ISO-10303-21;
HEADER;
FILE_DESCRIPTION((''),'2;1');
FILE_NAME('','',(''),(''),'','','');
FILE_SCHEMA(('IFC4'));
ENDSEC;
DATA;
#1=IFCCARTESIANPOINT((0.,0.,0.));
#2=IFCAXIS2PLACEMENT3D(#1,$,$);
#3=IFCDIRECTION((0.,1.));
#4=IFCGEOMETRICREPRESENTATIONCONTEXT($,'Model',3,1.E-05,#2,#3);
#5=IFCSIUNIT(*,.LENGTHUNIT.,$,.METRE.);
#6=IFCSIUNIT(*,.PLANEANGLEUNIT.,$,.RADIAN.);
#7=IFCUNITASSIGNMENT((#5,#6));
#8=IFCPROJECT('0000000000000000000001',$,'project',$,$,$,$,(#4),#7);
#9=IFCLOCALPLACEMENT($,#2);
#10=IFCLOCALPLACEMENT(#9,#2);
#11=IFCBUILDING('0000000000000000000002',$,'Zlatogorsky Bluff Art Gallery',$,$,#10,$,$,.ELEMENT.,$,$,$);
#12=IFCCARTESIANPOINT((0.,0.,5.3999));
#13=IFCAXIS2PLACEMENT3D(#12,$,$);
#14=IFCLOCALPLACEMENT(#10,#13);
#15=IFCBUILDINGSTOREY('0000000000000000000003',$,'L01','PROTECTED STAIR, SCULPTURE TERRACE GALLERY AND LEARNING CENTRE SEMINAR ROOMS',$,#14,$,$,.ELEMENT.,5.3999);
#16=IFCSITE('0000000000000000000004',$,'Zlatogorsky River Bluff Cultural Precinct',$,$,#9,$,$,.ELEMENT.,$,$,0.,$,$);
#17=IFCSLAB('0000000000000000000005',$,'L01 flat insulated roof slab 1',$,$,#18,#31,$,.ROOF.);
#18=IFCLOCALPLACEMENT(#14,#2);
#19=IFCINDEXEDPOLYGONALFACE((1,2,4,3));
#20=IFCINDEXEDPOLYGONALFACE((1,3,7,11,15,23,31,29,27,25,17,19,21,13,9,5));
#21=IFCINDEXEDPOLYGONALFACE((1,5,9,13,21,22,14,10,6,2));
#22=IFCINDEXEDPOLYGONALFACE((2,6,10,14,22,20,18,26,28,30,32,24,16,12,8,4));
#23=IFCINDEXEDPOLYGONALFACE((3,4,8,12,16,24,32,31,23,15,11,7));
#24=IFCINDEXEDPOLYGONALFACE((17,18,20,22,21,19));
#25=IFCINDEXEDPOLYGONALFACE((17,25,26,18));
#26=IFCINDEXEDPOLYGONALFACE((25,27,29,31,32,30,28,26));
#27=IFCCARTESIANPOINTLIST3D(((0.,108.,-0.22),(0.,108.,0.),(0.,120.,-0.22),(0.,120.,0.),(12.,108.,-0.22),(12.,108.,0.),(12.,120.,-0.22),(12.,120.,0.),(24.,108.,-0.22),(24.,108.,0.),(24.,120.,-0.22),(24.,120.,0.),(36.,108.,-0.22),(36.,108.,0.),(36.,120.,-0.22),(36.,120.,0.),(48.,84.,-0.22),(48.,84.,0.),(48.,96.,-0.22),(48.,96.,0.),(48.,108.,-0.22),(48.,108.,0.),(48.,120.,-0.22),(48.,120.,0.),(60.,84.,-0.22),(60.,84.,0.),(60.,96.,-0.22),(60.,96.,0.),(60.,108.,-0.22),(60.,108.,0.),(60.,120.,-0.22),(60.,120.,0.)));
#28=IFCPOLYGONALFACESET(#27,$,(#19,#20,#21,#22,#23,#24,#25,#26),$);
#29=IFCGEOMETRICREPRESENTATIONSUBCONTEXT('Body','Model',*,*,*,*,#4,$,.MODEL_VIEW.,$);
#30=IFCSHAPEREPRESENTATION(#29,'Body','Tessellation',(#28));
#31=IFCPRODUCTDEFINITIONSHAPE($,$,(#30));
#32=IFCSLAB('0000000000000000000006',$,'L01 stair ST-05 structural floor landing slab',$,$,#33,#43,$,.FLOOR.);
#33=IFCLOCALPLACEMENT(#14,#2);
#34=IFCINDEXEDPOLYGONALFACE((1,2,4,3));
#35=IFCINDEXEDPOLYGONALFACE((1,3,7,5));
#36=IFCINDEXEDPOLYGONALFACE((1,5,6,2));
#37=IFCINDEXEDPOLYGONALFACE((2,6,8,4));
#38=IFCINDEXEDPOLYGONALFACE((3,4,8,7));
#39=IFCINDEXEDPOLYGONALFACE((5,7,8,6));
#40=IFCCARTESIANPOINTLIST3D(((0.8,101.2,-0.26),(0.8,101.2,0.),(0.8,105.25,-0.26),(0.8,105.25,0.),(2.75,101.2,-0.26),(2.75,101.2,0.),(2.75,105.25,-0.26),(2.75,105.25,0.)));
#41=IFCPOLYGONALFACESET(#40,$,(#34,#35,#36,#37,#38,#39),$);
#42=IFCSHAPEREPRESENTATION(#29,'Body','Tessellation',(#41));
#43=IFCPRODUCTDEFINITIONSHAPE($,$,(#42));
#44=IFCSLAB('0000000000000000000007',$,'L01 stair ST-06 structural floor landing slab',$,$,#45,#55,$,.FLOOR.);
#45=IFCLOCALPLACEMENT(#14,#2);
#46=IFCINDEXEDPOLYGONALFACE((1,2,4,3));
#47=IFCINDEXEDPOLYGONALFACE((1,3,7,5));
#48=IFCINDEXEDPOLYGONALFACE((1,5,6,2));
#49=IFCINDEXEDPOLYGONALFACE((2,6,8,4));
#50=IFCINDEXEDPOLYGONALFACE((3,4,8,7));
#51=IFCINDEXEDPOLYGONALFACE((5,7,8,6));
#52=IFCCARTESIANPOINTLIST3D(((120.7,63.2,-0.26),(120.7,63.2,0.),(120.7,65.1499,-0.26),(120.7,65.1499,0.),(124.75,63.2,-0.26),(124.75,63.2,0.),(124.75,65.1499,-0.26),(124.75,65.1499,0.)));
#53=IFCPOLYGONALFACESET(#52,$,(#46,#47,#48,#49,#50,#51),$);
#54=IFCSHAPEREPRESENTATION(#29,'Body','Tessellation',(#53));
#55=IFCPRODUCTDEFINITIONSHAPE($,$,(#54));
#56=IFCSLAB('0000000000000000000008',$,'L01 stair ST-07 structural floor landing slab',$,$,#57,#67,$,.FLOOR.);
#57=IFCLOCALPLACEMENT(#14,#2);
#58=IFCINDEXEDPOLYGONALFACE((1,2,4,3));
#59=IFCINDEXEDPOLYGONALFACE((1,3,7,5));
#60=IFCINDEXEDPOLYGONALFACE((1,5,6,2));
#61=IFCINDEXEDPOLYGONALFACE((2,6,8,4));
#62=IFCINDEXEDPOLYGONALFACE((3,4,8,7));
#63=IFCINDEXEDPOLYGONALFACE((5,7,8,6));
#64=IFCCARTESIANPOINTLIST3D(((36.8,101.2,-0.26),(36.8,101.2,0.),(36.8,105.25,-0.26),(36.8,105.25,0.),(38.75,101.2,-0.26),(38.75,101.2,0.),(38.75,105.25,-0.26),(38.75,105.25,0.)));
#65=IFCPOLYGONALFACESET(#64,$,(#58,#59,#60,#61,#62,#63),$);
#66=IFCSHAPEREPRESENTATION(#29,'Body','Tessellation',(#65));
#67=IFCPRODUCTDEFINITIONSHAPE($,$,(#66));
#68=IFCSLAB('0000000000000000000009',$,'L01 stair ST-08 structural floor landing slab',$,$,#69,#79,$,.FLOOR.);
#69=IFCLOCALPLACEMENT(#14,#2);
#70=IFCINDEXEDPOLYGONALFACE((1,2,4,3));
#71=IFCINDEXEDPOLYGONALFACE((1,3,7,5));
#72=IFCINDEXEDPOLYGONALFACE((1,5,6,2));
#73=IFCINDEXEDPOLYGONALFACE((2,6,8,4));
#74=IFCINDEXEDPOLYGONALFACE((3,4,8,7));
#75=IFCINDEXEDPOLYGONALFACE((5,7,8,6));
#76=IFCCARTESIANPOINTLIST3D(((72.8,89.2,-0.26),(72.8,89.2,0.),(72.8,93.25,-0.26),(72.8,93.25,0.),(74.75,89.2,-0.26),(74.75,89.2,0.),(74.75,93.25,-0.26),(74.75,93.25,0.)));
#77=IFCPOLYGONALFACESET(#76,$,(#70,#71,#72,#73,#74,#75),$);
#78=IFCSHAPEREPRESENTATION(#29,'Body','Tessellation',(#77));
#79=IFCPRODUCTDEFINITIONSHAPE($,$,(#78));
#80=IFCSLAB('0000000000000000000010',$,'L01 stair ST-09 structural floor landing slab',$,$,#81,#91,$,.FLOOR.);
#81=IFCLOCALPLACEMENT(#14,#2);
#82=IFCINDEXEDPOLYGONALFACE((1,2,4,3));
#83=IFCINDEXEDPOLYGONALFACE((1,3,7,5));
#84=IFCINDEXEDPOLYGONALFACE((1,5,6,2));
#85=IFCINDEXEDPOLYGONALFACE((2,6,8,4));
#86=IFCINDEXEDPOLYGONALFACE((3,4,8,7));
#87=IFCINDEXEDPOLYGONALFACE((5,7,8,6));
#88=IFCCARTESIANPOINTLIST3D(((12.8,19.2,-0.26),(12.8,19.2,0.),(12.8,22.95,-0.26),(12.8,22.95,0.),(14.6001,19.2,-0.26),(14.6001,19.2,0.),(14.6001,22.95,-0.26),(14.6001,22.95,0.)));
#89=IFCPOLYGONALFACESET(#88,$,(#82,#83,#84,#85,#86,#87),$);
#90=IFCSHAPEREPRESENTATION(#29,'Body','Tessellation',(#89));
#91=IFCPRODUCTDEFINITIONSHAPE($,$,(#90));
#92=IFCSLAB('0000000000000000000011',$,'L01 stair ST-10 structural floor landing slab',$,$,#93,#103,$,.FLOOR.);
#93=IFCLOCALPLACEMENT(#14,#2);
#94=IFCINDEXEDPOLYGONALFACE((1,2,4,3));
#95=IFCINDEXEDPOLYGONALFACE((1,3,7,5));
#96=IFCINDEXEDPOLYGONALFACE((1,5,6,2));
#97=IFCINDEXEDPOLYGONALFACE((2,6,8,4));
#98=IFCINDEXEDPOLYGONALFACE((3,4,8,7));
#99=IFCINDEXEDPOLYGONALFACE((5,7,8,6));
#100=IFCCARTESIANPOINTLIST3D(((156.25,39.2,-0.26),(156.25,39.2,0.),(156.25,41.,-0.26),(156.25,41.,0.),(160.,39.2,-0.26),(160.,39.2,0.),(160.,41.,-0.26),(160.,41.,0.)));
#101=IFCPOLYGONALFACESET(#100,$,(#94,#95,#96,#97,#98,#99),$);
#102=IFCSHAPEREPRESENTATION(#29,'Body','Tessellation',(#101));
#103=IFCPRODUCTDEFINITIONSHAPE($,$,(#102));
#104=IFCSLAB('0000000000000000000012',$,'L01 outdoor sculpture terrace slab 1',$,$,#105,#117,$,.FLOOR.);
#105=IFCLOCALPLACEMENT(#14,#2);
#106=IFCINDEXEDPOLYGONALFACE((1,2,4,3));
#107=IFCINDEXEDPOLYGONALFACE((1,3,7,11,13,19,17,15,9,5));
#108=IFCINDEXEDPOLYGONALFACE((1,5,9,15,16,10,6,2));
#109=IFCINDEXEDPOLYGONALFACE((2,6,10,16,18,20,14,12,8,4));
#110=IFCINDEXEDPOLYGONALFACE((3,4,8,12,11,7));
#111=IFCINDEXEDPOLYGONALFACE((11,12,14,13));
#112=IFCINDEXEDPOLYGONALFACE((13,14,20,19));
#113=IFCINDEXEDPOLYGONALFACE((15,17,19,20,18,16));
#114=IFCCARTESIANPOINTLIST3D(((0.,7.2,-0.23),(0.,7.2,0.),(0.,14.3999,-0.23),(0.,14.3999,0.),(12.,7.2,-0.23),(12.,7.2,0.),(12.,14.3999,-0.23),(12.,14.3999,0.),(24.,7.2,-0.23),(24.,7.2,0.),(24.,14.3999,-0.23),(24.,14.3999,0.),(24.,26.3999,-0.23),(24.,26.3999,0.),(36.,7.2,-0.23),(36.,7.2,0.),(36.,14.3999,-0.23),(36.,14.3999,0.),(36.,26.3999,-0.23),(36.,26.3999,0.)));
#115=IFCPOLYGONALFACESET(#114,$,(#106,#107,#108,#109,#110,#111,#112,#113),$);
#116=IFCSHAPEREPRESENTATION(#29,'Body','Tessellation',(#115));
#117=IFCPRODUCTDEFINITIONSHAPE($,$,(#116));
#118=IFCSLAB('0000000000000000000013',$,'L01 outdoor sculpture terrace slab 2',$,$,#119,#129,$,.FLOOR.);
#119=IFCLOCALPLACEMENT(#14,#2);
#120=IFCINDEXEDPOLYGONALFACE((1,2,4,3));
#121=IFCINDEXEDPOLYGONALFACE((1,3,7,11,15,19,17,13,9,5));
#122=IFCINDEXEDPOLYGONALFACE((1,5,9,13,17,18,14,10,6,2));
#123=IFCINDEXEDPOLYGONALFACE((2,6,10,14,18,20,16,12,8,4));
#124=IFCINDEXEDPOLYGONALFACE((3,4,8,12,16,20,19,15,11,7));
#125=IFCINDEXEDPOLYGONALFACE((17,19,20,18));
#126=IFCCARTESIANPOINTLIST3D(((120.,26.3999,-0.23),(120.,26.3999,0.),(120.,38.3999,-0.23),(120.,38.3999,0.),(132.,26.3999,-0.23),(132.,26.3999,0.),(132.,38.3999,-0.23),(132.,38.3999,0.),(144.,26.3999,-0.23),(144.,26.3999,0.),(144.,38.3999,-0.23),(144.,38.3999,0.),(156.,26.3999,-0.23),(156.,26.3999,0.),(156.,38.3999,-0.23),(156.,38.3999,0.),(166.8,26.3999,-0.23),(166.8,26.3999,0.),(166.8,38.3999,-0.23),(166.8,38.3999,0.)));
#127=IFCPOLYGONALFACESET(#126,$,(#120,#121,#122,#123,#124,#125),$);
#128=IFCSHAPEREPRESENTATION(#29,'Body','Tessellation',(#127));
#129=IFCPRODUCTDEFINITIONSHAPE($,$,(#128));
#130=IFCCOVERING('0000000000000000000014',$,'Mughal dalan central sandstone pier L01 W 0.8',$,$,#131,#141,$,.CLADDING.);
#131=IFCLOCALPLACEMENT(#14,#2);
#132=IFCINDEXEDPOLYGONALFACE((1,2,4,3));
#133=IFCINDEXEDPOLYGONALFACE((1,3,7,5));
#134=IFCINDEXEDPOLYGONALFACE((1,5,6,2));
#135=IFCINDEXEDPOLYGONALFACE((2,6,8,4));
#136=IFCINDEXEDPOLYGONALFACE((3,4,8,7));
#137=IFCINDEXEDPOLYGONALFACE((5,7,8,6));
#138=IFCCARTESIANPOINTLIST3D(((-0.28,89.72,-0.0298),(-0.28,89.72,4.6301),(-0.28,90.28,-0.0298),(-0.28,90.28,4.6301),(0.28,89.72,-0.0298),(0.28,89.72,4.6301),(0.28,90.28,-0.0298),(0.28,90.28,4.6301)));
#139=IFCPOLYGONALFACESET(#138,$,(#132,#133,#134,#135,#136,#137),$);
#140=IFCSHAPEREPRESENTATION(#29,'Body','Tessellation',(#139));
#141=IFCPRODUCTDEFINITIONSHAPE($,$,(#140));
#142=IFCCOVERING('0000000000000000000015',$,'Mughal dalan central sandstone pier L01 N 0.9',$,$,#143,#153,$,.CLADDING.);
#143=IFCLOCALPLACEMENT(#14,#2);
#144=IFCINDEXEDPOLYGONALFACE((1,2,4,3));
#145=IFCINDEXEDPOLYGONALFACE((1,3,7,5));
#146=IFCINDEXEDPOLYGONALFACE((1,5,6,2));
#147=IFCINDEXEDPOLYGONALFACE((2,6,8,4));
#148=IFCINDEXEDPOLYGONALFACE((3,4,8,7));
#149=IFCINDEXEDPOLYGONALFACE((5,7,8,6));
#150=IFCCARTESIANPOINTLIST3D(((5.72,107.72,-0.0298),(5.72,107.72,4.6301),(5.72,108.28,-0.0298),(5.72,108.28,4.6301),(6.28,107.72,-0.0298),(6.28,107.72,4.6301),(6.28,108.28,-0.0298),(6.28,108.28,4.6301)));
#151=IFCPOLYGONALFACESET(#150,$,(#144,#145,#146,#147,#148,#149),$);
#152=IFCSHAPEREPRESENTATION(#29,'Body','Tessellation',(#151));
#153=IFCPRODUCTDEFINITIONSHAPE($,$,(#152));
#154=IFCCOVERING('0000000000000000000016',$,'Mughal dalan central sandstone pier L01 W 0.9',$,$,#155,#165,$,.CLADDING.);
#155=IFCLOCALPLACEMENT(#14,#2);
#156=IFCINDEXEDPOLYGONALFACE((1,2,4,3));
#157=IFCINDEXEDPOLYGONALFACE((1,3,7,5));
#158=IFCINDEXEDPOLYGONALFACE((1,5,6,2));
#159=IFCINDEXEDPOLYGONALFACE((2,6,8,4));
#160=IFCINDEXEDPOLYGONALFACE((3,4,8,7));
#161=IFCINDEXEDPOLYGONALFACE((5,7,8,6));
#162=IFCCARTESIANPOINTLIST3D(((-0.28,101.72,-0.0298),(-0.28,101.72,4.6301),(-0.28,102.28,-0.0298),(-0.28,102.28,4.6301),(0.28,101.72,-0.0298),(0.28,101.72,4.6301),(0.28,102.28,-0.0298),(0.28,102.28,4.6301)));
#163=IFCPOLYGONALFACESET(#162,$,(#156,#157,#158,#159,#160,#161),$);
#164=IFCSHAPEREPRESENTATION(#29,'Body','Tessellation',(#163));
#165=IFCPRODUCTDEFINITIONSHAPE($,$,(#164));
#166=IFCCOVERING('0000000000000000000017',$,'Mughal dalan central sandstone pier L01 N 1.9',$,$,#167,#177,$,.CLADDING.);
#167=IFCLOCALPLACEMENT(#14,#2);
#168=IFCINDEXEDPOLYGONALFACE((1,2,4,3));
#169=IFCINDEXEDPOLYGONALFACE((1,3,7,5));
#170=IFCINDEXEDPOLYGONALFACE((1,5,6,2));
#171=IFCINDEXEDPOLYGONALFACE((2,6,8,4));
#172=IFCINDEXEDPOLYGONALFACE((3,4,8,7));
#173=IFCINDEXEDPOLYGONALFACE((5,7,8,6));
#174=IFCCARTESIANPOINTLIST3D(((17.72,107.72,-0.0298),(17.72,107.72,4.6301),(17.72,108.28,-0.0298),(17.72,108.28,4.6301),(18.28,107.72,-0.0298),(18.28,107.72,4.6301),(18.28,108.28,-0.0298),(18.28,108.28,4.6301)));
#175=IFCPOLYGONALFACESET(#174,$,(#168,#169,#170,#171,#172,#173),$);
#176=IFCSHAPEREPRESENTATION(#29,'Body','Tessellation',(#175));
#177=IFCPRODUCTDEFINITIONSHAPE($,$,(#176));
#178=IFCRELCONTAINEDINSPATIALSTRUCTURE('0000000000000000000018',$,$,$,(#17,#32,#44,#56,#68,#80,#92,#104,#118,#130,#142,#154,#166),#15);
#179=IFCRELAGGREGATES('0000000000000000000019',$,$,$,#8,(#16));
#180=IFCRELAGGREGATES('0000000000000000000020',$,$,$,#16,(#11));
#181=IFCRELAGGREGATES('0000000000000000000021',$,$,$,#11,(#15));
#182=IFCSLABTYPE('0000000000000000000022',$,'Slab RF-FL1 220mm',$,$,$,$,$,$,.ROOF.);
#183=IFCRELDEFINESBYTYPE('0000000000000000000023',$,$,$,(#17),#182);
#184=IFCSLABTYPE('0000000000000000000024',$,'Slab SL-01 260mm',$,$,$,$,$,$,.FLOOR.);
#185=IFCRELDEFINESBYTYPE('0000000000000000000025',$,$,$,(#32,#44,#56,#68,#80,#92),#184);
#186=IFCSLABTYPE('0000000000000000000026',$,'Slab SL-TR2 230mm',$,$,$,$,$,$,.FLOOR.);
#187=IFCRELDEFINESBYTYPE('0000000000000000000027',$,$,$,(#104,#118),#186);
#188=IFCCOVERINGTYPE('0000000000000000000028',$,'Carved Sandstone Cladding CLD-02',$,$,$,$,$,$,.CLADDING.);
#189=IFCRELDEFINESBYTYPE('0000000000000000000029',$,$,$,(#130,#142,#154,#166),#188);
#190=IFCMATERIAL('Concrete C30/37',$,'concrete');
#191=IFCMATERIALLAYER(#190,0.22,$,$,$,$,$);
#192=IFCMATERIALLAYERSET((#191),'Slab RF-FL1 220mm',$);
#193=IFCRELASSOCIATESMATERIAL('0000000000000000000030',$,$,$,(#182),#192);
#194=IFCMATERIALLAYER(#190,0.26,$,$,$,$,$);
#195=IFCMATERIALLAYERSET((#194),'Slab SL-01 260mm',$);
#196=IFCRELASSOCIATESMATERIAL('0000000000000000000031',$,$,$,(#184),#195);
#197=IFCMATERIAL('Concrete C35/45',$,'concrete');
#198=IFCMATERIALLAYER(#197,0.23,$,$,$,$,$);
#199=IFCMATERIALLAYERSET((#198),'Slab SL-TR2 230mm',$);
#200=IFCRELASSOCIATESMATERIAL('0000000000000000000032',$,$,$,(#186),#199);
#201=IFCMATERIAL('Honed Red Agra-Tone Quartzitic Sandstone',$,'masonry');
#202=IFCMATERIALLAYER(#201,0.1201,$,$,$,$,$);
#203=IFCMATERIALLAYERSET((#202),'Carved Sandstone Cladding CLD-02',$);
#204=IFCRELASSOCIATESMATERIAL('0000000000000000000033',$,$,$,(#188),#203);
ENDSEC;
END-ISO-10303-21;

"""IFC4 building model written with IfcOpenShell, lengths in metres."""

from ifc_helpers import new_model, si_unit, direction, frame, origin, place, context, subcontext, project, spatial, polyline, outline, extrude, material, layer, layer_set, type_object, element, save


model = new_model("IFC4")

# Units and contexts
model_context = context("Model", 3, precision=1e-05, world=origin(), true_north=direction((0.0, 1.0)))
body_context = subcontext(model_context, "Body", "Model", "MODEL_VIEW")
ifc_project = project(units=[si_unit("LENGTHUNIT", "METRE"), si_unit("PLANEANGLEUNIT", "RADIAN")], contexts=[model_context])

# Site, building, storey
site_placement = place(None, origin())
site = spatial("IfcSite", under=ifc_project, at=site_placement, Name="Zlatogorsky River Bluff Cultural Precinct", CompositionType="ELEMENT", RefElevation=0.0)
building_placement = place(site_placement, origin())
building = spatial("IfcBuilding", under=site, at=building_placement, Name="Zlatogorsky Bluff Art Gallery", CompositionType="ELEMENT")
storey_placement = place(building_placement, frame((0.0, 0.0, 5.3999)))
storey = spatial("IfcBuildingStorey", under=building, at=storey_placement, Name="L01", Description="PROTECTED STAIR, SCULPTURE TERRACE GALLERY AND LEARNING CENTRE SEMINAR ROOMS", CompositionType="ELEMENT", Elevation=5.3999)

# Slabs
ifc_material_1 = material(Name="Concrete C30/37", Category="concrete")
ifc_layer_1 = layer(ifc_material_1, 0.22)
ifc_layer_set_1 = layer_set([ifc_layer_1], Name="Slab RF-FL1 220mm")
slab_type_1 = type_object("IfcSlabType", Name="Slab RF-FL1 220mm", PredefinedType="ROOF", material=ifc_layer_set_1)
slab_1_placement = place(storey_placement, frame((0.0, 0.0, -0.22)))
element("IfcSlab", 1, at=slab_1_placement, inside=storey, type_object=slab_type_1, Name="L01 flat insulated roof slab 1", PredefinedType="ROOF", context=body_context, shape_type="SweptSolid", body=[
    extrude(outline(polyline([(48.0, 84.0), (48.0, 96.0), (48.0, 108.0), (36.0, 108.0), (24.0, 108.0), (12.0, 108.0), (0.0, 108.0), (0.0, 120.0), (12.0, 120.0), (24.0, 120.0), (36.0, 120.0), (48.0, 120.0), (60.0, 120.0), (60.0, 108.0), (60.0, 96.0), (60.0, 84.0), (48.0, 84.0)])), origin(), (0.0, 0.0, 1.0), 0.22),
])
ifc_layer_2 = layer(ifc_material_1, 0.26)
ifc_layer_set_2 = layer_set([ifc_layer_2], Name="Slab SL-01 260mm")
slab_type_2 = type_object("IfcSlabType", Name="Slab SL-01 260mm", PredefinedType="FLOOR", material=ifc_layer_set_2)
slab_2_placement = place(storey_placement, frame((0.0, 0.0, -0.26)))
element("IfcSlab", 2, at=slab_2_placement, inside=storey, type_object=slab_type_2, Name="L01 stair ST-05 structural floor landing slab", PredefinedType="FLOOR", context=body_context, shape_type="SweptSolid", body=[
    extrude(outline(polyline([(0.8, 101.2), (2.75, 101.2), (2.75, 105.25), (0.8, 105.25), (0.8, 101.2)])), origin(), (0.0, 0.0, 1.0), 0.26),
])
slab_3_placement = place(storey_placement, frame((0.0, 0.0, -0.26)))
element("IfcSlab", 3, at=slab_3_placement, inside=storey, type_object=slab_type_2, Name="L01 stair ST-06 structural floor landing slab", PredefinedType="FLOOR", context=body_context, shape_type="SweptSolid", body=[
    extrude(outline(polyline([(124.75, 63.2), (124.75, 65.1499), (120.7, 65.1499), (120.7, 63.2), (124.75, 63.2)])), origin(), (0.0, 0.0, 1.0), 0.26),
])
slab_4_placement = place(storey_placement, frame((0.0, 0.0, -0.26)))
element("IfcSlab", 4, at=slab_4_placement, inside=storey, type_object=slab_type_2, Name="L01 stair ST-07 structural floor landing slab", PredefinedType="FLOOR", context=body_context, shape_type="SweptSolid", body=[
    extrude(outline(polyline([(36.8, 101.2), (38.75, 101.2), (38.75, 105.25), (36.8, 105.25), (36.8, 101.2)])), origin(), (0.0, 0.0, 1.0), 0.26),
])
slab_5_placement = place(storey_placement, frame((0.0, 0.0, -0.26)))
element("IfcSlab", 5, at=slab_5_placement, inside=storey, type_object=slab_type_2, Name="L01 stair ST-08 structural floor landing slab", PredefinedType="FLOOR", context=body_context, shape_type="SweptSolid", body=[
    extrude(outline(polyline([(72.8, 89.2), (74.75, 89.2), (74.75, 93.25), (72.8, 93.25), (72.8, 89.2)])), origin(), (0.0, 0.0, 1.0), 0.26),
])
slab_6_placement = place(storey_placement, frame((0.0, 0.0, -0.26)))
element("IfcSlab", 6, at=slab_6_placement, inside=storey, type_object=slab_type_2, Name="L01 stair ST-09 structural floor landing slab", PredefinedType="FLOOR", context=body_context, shape_type="SweptSolid", body=[
    extrude(outline(polyline([(12.8, 19.2), (14.6001, 19.2), (14.6001, 22.95), (12.8, 22.95), (12.8, 19.2)])), origin(), (0.0, 0.0, 1.0), 0.26),
])
slab_7_placement = place(storey_placement, frame((0.0, 0.0, -0.26)))
element("IfcSlab", 7, at=slab_7_placement, inside=storey, type_object=slab_type_2, Name="L01 stair ST-10 structural floor landing slab", PredefinedType="FLOOR", context=body_context, shape_type="SweptSolid", body=[
    extrude(outline(polyline([(160.0, 39.2), (160.0, 41.0), (156.25, 41.0), (156.25, 39.2), (160.0, 39.2)])), origin(), (0.0, 0.0, 1.0), 0.26),
])
ifc_material_2 = material(Name="Concrete C35/45", Category="concrete")
ifc_layer_3 = layer(ifc_material_2, 0.23)
ifc_layer_set_3 = layer_set([ifc_layer_3], Name="Slab SL-TR2 230mm")
slab_type_3 = type_object("IfcSlabType", Name="Slab SL-TR2 230mm", PredefinedType="FLOOR", material=ifc_layer_set_3)
slab_8_placement = place(storey_placement, frame((0.0, 0.0, -0.23)))
element("IfcSlab", 8, at=slab_8_placement, inside=storey, type_object=slab_type_3, Name="L01 outdoor sculpture terrace slab 1", PredefinedType="FLOOR", context=body_context, shape_type="SweptSolid", body=[
    extrude(outline(polyline([(12.0, 14.3999), (24.0, 14.3999), (24.0, 26.3999), (36.0, 26.3999), (36.0, 14.3999), (36.0, 7.2), (24.0, 7.2), (12.0, 7.2), (0.0, 7.2), (0.0, 14.3999), (12.0, 14.3999)])), origin(), (0.0, 0.0, 1.0), 0.23),
])
slab_9_placement = place(storey_placement, frame((0.0, 0.0, -0.23)))
element("IfcSlab", 9, at=slab_9_placement, inside=storey, type_object=slab_type_3, Name="L01 outdoor sculpture terrace slab 2", PredefinedType="FLOOR", context=body_context, shape_type="SweptSolid", body=[
    extrude(outline(polyline([(132.0, 38.3999), (144.0, 38.3999), (156.0, 38.3999), (166.8, 38.3999), (166.8, 26.3999), (156.0, 26.3999), (144.0, 26.3999), (132.0, 26.3999), (120.0, 26.3999), (120.0, 38.3999), (132.0, 38.3999)])), origin(), (0.0, 0.0, 1.0), 0.23),
])

# Coverings
ifc_material_3 = material(Name="Honed Red Agra-Tone Quartzitic Sandstone", Category="masonry")
ifc_layer_4 = layer(ifc_material_3, 0.1201)
ifc_layer_set_4 = layer_set([ifc_layer_4], Name="Carved Sandstone Cladding CLD-02")
covering_type = type_object("IfcCoveringType", Name="Carved Sandstone Cladding CLD-02", PredefinedType="CLADDING", material=ifc_layer_set_4)
covering_1_placement = place(storey_placement, frame((0.0, 0.0, -0.0298)))
element("IfcCovering", 10, at=covering_1_placement, inside=storey, type_object=covering_type, Name="Mughal dalan central sandstone pier L01 W 0.8", PredefinedType="CLADDING", context=body_context, shape_type="SweptSolid", body=[
    extrude(outline(polyline([(-0.28, 89.72), (0.28, 89.72), (0.28, 90.28), (-0.28, 90.28), (-0.28, 89.72)])), origin(), (0.0, 0.0, 1.0), 4.6599),
])
covering_2_placement = place(storey_placement, frame((0.0, 0.0, -0.0298)))
element("IfcCovering", 11, at=covering_2_placement, inside=storey, type_object=covering_type, Name="Mughal dalan central sandstone pier L01 N 0.9", PredefinedType="CLADDING", context=body_context, shape_type="SweptSolid", body=[
    extrude(outline(polyline([(5.72, 107.72), (6.28, 107.72), (6.28, 108.28), (5.72, 108.28), (5.72, 107.72)])), origin(), (0.0, 0.0, 1.0), 4.6599),
])
covering_3_placement = place(storey_placement, frame((0.0, 0.0, -0.0298)))
element("IfcCovering", 12, at=covering_3_placement, inside=storey, type_object=covering_type, Name="Mughal dalan central sandstone pier L01 W 0.9", PredefinedType="CLADDING", context=body_context, shape_type="SweptSolid", body=[
    extrude(outline(polyline([(-0.28, 101.72), (0.28, 101.72), (0.28, 102.28), (-0.28, 102.28), (-0.28, 101.72)])), origin(), (0.0, 0.0, 1.0), 4.6599),
])
covering_4_placement = place(storey_placement, frame((0.0, 0.0, -0.0298)))
element("IfcCovering", 13, at=covering_4_placement, inside=storey, type_object=covering_type, Name="Mughal dalan central sandstone pier L01 N 1.9", PredefinedType="CLADDING", context=body_context, shape_type="SweptSolid", body=[
    extrude(outline(polyline([(17.72, 107.72), (18.28, 107.72), (18.28, 108.28), (17.72, 108.28), (17.72, 107.72)])), origin(), (0.0, 0.0, 1.0), 4.6599),
])

save(model, "model.ifc")
